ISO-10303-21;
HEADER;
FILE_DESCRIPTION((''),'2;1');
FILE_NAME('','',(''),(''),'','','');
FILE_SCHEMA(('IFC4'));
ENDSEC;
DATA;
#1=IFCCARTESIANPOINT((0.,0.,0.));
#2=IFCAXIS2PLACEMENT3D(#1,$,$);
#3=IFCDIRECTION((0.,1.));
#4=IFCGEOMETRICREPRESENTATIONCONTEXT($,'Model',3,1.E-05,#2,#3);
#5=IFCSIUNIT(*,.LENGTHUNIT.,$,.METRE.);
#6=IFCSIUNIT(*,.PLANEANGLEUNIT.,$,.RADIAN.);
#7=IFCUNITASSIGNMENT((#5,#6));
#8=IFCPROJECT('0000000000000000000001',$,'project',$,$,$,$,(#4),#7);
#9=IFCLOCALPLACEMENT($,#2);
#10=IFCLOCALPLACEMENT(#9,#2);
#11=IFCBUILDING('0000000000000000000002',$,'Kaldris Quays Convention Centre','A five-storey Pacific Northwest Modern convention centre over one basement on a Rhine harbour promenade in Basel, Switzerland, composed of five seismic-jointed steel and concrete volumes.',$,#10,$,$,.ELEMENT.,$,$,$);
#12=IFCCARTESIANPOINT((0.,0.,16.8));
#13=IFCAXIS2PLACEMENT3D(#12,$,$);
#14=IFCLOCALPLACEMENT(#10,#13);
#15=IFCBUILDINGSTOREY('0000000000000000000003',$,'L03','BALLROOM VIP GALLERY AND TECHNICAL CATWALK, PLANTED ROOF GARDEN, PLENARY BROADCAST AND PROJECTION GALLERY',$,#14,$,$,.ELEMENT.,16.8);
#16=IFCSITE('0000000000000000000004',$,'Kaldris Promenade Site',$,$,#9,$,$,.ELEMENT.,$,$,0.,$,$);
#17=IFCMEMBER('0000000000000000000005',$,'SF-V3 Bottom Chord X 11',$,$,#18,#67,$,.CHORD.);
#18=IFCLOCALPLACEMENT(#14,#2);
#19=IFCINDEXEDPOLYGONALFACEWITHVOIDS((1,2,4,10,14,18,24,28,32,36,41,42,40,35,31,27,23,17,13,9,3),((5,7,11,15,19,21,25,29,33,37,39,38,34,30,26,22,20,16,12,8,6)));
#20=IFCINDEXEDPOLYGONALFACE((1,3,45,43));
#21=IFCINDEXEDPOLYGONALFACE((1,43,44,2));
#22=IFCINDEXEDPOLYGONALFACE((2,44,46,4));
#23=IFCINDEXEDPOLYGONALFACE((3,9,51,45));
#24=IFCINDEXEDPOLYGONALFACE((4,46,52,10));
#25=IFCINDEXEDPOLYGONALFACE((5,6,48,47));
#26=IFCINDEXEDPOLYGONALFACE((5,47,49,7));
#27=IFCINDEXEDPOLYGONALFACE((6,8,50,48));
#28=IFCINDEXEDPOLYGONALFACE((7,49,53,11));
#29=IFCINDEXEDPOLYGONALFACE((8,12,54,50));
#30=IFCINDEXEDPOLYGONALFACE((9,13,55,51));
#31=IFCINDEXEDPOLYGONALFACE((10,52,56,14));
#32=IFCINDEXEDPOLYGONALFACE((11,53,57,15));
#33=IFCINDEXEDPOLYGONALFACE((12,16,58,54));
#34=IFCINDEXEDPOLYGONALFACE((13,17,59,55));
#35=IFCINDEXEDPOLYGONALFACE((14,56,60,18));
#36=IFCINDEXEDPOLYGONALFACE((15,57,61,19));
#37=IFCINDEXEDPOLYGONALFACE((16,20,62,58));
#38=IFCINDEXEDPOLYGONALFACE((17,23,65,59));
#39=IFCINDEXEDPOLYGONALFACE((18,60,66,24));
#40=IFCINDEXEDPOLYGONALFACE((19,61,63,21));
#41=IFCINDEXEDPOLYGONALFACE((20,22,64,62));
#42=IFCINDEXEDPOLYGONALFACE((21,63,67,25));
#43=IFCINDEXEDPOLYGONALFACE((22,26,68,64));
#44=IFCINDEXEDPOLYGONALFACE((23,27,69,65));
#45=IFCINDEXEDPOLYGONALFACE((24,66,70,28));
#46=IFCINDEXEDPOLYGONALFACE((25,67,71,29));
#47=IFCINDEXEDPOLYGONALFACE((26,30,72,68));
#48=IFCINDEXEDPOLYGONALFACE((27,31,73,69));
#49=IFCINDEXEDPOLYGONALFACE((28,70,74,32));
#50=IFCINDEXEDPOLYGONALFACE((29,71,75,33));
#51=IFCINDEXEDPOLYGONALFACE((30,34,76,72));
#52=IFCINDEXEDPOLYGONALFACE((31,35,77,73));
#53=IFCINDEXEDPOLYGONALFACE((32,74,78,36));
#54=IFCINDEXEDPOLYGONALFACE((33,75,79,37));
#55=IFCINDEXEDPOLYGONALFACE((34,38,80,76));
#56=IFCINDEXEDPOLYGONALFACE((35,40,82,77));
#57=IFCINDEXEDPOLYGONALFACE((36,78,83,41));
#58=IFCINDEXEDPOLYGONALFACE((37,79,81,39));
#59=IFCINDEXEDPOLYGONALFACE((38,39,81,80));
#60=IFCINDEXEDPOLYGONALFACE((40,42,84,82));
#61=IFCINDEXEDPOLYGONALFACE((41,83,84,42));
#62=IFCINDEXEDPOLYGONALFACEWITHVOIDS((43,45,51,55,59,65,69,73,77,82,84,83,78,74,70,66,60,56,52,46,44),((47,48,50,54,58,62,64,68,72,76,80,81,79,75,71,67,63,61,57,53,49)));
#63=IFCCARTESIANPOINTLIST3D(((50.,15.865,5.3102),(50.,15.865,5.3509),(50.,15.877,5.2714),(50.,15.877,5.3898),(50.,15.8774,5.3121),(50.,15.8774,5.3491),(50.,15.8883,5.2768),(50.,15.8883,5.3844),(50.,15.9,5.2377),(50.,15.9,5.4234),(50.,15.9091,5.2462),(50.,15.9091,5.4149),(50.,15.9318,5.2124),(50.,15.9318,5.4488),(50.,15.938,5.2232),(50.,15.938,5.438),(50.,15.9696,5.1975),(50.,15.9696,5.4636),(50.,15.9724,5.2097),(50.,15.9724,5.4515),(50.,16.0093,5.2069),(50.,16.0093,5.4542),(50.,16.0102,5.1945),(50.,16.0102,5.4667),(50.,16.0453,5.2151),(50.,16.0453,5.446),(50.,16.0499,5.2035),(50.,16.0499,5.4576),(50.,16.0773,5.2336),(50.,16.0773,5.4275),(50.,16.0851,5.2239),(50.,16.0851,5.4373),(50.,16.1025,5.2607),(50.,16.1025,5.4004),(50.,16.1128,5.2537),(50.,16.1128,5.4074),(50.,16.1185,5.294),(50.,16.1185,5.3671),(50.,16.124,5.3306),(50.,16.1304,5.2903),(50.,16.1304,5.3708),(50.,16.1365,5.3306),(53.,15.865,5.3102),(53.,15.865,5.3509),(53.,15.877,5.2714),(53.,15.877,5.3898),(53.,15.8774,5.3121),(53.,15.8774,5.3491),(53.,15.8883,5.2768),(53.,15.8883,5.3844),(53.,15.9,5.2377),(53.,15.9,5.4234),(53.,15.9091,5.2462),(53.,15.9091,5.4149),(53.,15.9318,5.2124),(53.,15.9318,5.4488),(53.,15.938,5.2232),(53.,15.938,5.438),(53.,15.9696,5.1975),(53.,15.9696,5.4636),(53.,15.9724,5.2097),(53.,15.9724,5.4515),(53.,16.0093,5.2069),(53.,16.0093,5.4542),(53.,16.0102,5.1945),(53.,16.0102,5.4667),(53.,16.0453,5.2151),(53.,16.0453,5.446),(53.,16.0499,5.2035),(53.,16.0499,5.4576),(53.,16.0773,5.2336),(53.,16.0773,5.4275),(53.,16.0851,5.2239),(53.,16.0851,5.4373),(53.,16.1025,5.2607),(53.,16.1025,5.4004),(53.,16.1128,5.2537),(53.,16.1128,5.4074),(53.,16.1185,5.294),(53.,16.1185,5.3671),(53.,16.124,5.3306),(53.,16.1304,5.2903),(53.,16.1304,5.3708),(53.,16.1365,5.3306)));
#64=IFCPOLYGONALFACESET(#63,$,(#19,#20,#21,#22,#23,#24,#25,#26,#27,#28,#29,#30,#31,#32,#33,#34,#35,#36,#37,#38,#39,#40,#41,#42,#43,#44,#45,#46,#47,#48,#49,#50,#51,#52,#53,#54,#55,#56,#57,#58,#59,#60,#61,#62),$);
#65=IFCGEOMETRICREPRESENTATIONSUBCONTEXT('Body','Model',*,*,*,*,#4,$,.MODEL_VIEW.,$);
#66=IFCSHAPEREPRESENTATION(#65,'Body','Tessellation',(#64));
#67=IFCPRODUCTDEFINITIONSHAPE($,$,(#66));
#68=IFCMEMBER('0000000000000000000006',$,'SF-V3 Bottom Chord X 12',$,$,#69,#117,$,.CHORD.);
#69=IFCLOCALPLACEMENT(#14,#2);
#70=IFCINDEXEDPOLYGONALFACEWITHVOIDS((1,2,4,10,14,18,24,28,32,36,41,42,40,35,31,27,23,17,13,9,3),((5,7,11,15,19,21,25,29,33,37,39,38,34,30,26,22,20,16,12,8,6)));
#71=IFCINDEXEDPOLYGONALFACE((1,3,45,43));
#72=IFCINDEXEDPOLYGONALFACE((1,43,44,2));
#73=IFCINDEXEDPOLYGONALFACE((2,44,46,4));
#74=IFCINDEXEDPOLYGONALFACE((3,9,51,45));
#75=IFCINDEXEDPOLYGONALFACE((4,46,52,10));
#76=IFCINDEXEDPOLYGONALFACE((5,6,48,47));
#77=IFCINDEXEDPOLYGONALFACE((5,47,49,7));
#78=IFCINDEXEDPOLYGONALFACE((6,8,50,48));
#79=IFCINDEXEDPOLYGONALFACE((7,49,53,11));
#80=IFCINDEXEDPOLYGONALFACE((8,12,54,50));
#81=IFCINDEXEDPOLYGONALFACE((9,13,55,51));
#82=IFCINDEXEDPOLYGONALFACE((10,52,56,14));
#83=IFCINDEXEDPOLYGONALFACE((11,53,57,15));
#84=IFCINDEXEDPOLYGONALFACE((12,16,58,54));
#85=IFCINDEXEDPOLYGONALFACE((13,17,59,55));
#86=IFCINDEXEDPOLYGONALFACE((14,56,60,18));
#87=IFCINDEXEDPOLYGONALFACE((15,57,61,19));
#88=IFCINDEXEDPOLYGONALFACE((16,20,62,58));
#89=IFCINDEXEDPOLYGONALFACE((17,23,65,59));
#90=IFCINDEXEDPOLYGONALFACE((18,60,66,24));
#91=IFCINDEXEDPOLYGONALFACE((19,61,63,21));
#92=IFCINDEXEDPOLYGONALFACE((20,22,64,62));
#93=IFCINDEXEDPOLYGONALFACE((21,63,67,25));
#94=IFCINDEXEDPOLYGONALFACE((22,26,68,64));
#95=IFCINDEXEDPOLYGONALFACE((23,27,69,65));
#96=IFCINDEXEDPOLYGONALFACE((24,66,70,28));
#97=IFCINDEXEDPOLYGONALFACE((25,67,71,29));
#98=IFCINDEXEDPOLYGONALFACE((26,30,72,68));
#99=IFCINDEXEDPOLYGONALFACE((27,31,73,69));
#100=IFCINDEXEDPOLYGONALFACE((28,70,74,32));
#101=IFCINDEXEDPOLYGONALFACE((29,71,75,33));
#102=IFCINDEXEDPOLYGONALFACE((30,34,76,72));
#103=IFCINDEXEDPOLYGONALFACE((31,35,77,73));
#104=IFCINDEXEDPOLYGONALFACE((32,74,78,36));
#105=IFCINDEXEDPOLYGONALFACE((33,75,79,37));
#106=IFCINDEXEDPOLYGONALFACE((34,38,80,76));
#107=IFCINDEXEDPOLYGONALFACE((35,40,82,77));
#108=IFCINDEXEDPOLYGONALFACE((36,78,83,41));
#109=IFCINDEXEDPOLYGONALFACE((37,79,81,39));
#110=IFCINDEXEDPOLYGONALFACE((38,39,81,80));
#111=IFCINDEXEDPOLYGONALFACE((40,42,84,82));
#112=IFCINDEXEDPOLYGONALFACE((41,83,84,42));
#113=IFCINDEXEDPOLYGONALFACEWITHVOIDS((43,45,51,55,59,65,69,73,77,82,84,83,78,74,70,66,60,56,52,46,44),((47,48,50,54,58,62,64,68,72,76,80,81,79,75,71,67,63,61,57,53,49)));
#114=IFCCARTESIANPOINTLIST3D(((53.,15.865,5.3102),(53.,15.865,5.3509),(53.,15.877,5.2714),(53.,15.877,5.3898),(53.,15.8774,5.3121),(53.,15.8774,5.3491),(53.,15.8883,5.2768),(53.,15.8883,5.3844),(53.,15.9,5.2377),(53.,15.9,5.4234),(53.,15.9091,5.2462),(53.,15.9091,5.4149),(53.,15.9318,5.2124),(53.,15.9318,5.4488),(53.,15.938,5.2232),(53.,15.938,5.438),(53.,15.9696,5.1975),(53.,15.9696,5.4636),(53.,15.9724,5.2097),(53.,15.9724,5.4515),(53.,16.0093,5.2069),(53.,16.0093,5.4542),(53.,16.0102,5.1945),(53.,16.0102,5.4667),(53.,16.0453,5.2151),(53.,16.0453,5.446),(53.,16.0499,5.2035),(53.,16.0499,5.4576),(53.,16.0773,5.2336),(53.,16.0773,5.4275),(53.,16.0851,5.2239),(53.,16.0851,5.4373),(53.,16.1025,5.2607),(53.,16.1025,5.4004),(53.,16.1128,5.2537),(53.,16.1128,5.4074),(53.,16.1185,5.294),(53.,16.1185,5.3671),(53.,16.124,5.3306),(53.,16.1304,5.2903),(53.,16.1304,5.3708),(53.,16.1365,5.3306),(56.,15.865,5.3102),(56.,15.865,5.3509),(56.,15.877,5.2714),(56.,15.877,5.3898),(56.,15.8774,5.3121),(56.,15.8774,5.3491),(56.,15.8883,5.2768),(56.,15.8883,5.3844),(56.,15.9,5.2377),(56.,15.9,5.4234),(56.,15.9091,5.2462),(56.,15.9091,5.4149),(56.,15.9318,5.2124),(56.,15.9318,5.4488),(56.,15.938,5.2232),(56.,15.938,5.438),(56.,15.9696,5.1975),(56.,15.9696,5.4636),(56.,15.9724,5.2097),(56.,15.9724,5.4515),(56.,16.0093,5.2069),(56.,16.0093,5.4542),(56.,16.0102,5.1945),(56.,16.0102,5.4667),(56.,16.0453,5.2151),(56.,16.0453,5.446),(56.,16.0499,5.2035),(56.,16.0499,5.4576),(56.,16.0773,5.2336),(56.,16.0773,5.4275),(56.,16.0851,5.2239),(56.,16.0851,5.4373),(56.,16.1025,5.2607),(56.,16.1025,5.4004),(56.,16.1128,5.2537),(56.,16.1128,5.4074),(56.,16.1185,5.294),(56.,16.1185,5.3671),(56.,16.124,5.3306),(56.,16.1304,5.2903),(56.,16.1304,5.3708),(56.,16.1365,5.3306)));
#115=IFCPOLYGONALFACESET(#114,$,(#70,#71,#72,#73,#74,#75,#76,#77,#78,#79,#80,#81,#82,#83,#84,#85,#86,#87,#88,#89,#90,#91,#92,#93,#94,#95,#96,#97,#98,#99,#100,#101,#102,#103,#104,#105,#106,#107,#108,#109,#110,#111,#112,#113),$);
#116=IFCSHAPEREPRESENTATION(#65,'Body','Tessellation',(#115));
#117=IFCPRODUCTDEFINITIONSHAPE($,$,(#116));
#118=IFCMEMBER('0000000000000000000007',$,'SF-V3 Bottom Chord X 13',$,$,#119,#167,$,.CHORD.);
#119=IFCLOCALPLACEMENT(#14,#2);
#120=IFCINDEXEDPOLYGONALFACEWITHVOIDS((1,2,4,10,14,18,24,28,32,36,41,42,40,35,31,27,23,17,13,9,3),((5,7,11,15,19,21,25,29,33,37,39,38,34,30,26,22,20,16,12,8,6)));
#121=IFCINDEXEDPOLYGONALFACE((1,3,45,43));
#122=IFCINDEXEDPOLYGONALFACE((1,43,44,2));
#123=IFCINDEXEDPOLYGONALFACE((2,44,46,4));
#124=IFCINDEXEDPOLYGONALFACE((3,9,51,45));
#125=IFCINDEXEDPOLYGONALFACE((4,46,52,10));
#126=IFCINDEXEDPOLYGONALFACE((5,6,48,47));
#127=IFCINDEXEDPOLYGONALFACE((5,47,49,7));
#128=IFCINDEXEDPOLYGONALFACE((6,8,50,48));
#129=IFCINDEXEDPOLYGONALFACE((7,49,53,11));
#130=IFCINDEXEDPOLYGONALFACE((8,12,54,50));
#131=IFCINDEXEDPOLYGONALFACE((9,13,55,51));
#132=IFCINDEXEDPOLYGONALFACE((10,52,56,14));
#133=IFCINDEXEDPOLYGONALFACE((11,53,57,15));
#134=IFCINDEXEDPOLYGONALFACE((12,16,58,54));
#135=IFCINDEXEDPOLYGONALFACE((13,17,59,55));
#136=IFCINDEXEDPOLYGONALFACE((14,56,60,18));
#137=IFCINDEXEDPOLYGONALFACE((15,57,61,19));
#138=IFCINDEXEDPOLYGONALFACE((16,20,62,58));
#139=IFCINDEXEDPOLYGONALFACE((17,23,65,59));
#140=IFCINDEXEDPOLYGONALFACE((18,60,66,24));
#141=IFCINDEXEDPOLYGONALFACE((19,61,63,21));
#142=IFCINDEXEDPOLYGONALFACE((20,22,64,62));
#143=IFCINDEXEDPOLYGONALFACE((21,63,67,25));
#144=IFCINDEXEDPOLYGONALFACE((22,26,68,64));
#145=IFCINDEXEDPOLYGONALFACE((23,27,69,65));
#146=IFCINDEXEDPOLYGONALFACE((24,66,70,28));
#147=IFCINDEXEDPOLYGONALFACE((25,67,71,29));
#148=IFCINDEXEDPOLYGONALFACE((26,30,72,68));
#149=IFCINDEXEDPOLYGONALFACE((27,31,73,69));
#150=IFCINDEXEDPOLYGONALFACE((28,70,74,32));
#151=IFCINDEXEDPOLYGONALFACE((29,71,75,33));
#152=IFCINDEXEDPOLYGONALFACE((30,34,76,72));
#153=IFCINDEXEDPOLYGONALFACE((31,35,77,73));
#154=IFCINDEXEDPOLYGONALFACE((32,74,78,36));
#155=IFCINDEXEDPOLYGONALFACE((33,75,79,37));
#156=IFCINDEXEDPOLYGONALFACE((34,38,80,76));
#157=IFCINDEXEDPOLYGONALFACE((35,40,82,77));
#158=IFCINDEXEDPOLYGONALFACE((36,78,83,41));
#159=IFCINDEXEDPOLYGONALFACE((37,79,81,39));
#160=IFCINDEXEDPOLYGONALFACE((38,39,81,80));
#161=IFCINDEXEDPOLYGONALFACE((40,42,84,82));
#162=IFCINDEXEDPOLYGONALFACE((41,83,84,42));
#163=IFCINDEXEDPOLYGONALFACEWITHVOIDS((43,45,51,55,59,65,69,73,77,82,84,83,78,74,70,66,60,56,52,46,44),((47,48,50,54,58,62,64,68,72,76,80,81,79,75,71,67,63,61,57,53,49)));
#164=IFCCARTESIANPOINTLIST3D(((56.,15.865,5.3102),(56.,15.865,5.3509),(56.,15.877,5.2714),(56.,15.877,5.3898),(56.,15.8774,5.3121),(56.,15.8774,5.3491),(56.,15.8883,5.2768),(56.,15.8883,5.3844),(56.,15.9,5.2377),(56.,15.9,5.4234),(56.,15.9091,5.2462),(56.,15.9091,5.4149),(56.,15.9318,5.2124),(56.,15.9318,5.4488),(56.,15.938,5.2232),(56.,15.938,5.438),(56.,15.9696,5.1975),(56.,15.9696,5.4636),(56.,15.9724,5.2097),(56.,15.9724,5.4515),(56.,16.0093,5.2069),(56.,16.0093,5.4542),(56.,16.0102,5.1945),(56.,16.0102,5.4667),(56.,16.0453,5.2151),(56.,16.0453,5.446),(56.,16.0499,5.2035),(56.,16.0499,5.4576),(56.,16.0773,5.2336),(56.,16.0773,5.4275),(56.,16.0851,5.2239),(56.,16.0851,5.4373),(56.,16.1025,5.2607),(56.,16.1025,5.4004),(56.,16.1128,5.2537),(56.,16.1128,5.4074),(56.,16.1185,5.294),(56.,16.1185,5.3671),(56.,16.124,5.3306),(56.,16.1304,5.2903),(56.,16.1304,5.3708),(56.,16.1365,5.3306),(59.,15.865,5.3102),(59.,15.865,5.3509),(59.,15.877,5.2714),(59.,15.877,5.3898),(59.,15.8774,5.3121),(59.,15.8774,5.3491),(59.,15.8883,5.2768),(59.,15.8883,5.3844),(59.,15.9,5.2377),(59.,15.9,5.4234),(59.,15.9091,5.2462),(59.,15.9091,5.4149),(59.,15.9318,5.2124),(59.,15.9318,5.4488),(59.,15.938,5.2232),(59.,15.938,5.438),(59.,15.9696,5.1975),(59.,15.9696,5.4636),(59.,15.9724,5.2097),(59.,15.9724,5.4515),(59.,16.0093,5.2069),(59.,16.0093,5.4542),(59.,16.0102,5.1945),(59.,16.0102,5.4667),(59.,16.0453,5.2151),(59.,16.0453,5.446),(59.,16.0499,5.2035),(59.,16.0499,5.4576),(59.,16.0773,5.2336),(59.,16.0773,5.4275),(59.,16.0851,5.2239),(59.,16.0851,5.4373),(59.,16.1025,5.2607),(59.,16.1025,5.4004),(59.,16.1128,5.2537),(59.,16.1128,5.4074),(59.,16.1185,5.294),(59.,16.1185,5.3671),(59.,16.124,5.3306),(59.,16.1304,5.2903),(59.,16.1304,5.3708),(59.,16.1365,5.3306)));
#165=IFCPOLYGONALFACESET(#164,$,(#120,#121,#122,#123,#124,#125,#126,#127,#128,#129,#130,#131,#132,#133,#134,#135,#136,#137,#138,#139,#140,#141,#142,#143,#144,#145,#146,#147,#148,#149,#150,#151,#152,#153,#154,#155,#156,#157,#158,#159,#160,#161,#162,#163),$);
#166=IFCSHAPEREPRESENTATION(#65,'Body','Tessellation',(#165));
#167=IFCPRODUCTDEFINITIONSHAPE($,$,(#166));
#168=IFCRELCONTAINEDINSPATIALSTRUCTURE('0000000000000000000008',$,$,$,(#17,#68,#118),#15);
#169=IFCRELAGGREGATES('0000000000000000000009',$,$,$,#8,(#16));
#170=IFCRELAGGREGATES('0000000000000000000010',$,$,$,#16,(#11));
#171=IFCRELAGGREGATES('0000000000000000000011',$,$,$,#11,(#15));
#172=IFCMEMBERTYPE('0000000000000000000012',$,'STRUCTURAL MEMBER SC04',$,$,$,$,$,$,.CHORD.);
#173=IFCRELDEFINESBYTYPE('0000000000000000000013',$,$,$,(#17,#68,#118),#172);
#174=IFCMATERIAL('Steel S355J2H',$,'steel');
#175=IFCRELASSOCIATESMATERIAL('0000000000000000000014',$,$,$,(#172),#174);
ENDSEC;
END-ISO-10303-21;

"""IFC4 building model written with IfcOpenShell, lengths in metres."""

from ifc_helpers import new_model, si_unit, direction, frame, origin, origin_2d, place, context, subcontext, project, spatial, hollow_circle, extrude, material, material_profile, profile_set, type_object, element, save


model = new_model("IFC4")

# Units and contexts
model_context = context("Model", 3, precision=1e-05, world=origin(), true_north=direction((0.0, 1.0)))
body_context = subcontext(model_context, "Body", "Model", "MODEL_VIEW")
ifc_project = project(units=[si_unit("LENGTHUNIT", "METRE"), si_unit("PLANEANGLEUNIT", "RADIAN")], contexts=[model_context])

# Site, building, storey
site_placement = place(None, origin())
site = spatial("IfcSite", under=ifc_project, at=site_placement, Name="Kaldris Promenade Site", CompositionType="ELEMENT", RefElevation=0.0)
building_placement = place(site_placement, origin())
building = spatial("IfcBuilding", under=site, at=building_placement, Name="Kaldris Quays Convention Centre", Description="A five-storey Pacific Northwest Modern convention centre over one basement on a Rhine harbour promenade in Basel, Switzerland, composed of five seismic-jointed steel and concrete volumes.", CompositionType="ELEMENT")
storey_placement = place(building_placement, frame((0.0, 0.0, 16.8)))
storey = spatial("IfcBuildingStorey", under=building, at=storey_placement, Name="L03", Description="BALLROOM VIP GALLERY AND TECHNICAL CATWALK, PLANTED ROOF GARDEN, PLENARY BROADCAST AND PROJECTION GALLERY", CompositionType="ELEMENT", Elevation=16.8)

# Members
ifc_material_1 = material(Name="Steel S355J2H", Category="steel")
ifc_material_profile_1 = material_profile(ifc_material_1, hollow_circle(Radius=0.1365, WallThickness=0.0125, at=origin_2d()), Name="CHS 273x12.5")
ifc_profile_set_1 = profile_set([ifc_material_profile_1], Name="Steel S355J2H")
member_type_1 = type_object("IfcMemberType", Name="STRUCTURAL MEMBER SC04", PredefinedType="CHORD", material=ifc_profile_set_1)
for number, where, z_axis, x_axis, name in (
    (1, (50.0, 16.0, 5.3306), (1.0, 0.0, 0.0), (0.0, 1.0, 0.0), "SF-V3 Bottom Chord X 11"),
    (2, (53.0, 16.0, 5.3306), (1.0, 0.0, 0.0), (0.0, 1.0, 0.0), "SF-V3 Bottom Chord X 12"),
    (3, (56.0, 16.0, 5.3306), (1.0, 0.0, 0.0), (0.0, 1.0, 0.0), "SF-V3 Bottom Chord X 13"),
):
    element("IfcMember", number, at=place(storey_placement, frame(where, z_axis=z_axis, x_axis=x_axis)), inside=storey, type_object=member_type_1, Name=name, PredefinedType="CHORD", context=body_context, shape_type="SweptSolid", body=[
        extrude(hollow_circle(Radius=0.1365, WallThickness=0.0125, at=origin_2d()), origin(), (0.0, 0.0, 1.0), 3.0),
    ])

save(model, "model.ifc")
